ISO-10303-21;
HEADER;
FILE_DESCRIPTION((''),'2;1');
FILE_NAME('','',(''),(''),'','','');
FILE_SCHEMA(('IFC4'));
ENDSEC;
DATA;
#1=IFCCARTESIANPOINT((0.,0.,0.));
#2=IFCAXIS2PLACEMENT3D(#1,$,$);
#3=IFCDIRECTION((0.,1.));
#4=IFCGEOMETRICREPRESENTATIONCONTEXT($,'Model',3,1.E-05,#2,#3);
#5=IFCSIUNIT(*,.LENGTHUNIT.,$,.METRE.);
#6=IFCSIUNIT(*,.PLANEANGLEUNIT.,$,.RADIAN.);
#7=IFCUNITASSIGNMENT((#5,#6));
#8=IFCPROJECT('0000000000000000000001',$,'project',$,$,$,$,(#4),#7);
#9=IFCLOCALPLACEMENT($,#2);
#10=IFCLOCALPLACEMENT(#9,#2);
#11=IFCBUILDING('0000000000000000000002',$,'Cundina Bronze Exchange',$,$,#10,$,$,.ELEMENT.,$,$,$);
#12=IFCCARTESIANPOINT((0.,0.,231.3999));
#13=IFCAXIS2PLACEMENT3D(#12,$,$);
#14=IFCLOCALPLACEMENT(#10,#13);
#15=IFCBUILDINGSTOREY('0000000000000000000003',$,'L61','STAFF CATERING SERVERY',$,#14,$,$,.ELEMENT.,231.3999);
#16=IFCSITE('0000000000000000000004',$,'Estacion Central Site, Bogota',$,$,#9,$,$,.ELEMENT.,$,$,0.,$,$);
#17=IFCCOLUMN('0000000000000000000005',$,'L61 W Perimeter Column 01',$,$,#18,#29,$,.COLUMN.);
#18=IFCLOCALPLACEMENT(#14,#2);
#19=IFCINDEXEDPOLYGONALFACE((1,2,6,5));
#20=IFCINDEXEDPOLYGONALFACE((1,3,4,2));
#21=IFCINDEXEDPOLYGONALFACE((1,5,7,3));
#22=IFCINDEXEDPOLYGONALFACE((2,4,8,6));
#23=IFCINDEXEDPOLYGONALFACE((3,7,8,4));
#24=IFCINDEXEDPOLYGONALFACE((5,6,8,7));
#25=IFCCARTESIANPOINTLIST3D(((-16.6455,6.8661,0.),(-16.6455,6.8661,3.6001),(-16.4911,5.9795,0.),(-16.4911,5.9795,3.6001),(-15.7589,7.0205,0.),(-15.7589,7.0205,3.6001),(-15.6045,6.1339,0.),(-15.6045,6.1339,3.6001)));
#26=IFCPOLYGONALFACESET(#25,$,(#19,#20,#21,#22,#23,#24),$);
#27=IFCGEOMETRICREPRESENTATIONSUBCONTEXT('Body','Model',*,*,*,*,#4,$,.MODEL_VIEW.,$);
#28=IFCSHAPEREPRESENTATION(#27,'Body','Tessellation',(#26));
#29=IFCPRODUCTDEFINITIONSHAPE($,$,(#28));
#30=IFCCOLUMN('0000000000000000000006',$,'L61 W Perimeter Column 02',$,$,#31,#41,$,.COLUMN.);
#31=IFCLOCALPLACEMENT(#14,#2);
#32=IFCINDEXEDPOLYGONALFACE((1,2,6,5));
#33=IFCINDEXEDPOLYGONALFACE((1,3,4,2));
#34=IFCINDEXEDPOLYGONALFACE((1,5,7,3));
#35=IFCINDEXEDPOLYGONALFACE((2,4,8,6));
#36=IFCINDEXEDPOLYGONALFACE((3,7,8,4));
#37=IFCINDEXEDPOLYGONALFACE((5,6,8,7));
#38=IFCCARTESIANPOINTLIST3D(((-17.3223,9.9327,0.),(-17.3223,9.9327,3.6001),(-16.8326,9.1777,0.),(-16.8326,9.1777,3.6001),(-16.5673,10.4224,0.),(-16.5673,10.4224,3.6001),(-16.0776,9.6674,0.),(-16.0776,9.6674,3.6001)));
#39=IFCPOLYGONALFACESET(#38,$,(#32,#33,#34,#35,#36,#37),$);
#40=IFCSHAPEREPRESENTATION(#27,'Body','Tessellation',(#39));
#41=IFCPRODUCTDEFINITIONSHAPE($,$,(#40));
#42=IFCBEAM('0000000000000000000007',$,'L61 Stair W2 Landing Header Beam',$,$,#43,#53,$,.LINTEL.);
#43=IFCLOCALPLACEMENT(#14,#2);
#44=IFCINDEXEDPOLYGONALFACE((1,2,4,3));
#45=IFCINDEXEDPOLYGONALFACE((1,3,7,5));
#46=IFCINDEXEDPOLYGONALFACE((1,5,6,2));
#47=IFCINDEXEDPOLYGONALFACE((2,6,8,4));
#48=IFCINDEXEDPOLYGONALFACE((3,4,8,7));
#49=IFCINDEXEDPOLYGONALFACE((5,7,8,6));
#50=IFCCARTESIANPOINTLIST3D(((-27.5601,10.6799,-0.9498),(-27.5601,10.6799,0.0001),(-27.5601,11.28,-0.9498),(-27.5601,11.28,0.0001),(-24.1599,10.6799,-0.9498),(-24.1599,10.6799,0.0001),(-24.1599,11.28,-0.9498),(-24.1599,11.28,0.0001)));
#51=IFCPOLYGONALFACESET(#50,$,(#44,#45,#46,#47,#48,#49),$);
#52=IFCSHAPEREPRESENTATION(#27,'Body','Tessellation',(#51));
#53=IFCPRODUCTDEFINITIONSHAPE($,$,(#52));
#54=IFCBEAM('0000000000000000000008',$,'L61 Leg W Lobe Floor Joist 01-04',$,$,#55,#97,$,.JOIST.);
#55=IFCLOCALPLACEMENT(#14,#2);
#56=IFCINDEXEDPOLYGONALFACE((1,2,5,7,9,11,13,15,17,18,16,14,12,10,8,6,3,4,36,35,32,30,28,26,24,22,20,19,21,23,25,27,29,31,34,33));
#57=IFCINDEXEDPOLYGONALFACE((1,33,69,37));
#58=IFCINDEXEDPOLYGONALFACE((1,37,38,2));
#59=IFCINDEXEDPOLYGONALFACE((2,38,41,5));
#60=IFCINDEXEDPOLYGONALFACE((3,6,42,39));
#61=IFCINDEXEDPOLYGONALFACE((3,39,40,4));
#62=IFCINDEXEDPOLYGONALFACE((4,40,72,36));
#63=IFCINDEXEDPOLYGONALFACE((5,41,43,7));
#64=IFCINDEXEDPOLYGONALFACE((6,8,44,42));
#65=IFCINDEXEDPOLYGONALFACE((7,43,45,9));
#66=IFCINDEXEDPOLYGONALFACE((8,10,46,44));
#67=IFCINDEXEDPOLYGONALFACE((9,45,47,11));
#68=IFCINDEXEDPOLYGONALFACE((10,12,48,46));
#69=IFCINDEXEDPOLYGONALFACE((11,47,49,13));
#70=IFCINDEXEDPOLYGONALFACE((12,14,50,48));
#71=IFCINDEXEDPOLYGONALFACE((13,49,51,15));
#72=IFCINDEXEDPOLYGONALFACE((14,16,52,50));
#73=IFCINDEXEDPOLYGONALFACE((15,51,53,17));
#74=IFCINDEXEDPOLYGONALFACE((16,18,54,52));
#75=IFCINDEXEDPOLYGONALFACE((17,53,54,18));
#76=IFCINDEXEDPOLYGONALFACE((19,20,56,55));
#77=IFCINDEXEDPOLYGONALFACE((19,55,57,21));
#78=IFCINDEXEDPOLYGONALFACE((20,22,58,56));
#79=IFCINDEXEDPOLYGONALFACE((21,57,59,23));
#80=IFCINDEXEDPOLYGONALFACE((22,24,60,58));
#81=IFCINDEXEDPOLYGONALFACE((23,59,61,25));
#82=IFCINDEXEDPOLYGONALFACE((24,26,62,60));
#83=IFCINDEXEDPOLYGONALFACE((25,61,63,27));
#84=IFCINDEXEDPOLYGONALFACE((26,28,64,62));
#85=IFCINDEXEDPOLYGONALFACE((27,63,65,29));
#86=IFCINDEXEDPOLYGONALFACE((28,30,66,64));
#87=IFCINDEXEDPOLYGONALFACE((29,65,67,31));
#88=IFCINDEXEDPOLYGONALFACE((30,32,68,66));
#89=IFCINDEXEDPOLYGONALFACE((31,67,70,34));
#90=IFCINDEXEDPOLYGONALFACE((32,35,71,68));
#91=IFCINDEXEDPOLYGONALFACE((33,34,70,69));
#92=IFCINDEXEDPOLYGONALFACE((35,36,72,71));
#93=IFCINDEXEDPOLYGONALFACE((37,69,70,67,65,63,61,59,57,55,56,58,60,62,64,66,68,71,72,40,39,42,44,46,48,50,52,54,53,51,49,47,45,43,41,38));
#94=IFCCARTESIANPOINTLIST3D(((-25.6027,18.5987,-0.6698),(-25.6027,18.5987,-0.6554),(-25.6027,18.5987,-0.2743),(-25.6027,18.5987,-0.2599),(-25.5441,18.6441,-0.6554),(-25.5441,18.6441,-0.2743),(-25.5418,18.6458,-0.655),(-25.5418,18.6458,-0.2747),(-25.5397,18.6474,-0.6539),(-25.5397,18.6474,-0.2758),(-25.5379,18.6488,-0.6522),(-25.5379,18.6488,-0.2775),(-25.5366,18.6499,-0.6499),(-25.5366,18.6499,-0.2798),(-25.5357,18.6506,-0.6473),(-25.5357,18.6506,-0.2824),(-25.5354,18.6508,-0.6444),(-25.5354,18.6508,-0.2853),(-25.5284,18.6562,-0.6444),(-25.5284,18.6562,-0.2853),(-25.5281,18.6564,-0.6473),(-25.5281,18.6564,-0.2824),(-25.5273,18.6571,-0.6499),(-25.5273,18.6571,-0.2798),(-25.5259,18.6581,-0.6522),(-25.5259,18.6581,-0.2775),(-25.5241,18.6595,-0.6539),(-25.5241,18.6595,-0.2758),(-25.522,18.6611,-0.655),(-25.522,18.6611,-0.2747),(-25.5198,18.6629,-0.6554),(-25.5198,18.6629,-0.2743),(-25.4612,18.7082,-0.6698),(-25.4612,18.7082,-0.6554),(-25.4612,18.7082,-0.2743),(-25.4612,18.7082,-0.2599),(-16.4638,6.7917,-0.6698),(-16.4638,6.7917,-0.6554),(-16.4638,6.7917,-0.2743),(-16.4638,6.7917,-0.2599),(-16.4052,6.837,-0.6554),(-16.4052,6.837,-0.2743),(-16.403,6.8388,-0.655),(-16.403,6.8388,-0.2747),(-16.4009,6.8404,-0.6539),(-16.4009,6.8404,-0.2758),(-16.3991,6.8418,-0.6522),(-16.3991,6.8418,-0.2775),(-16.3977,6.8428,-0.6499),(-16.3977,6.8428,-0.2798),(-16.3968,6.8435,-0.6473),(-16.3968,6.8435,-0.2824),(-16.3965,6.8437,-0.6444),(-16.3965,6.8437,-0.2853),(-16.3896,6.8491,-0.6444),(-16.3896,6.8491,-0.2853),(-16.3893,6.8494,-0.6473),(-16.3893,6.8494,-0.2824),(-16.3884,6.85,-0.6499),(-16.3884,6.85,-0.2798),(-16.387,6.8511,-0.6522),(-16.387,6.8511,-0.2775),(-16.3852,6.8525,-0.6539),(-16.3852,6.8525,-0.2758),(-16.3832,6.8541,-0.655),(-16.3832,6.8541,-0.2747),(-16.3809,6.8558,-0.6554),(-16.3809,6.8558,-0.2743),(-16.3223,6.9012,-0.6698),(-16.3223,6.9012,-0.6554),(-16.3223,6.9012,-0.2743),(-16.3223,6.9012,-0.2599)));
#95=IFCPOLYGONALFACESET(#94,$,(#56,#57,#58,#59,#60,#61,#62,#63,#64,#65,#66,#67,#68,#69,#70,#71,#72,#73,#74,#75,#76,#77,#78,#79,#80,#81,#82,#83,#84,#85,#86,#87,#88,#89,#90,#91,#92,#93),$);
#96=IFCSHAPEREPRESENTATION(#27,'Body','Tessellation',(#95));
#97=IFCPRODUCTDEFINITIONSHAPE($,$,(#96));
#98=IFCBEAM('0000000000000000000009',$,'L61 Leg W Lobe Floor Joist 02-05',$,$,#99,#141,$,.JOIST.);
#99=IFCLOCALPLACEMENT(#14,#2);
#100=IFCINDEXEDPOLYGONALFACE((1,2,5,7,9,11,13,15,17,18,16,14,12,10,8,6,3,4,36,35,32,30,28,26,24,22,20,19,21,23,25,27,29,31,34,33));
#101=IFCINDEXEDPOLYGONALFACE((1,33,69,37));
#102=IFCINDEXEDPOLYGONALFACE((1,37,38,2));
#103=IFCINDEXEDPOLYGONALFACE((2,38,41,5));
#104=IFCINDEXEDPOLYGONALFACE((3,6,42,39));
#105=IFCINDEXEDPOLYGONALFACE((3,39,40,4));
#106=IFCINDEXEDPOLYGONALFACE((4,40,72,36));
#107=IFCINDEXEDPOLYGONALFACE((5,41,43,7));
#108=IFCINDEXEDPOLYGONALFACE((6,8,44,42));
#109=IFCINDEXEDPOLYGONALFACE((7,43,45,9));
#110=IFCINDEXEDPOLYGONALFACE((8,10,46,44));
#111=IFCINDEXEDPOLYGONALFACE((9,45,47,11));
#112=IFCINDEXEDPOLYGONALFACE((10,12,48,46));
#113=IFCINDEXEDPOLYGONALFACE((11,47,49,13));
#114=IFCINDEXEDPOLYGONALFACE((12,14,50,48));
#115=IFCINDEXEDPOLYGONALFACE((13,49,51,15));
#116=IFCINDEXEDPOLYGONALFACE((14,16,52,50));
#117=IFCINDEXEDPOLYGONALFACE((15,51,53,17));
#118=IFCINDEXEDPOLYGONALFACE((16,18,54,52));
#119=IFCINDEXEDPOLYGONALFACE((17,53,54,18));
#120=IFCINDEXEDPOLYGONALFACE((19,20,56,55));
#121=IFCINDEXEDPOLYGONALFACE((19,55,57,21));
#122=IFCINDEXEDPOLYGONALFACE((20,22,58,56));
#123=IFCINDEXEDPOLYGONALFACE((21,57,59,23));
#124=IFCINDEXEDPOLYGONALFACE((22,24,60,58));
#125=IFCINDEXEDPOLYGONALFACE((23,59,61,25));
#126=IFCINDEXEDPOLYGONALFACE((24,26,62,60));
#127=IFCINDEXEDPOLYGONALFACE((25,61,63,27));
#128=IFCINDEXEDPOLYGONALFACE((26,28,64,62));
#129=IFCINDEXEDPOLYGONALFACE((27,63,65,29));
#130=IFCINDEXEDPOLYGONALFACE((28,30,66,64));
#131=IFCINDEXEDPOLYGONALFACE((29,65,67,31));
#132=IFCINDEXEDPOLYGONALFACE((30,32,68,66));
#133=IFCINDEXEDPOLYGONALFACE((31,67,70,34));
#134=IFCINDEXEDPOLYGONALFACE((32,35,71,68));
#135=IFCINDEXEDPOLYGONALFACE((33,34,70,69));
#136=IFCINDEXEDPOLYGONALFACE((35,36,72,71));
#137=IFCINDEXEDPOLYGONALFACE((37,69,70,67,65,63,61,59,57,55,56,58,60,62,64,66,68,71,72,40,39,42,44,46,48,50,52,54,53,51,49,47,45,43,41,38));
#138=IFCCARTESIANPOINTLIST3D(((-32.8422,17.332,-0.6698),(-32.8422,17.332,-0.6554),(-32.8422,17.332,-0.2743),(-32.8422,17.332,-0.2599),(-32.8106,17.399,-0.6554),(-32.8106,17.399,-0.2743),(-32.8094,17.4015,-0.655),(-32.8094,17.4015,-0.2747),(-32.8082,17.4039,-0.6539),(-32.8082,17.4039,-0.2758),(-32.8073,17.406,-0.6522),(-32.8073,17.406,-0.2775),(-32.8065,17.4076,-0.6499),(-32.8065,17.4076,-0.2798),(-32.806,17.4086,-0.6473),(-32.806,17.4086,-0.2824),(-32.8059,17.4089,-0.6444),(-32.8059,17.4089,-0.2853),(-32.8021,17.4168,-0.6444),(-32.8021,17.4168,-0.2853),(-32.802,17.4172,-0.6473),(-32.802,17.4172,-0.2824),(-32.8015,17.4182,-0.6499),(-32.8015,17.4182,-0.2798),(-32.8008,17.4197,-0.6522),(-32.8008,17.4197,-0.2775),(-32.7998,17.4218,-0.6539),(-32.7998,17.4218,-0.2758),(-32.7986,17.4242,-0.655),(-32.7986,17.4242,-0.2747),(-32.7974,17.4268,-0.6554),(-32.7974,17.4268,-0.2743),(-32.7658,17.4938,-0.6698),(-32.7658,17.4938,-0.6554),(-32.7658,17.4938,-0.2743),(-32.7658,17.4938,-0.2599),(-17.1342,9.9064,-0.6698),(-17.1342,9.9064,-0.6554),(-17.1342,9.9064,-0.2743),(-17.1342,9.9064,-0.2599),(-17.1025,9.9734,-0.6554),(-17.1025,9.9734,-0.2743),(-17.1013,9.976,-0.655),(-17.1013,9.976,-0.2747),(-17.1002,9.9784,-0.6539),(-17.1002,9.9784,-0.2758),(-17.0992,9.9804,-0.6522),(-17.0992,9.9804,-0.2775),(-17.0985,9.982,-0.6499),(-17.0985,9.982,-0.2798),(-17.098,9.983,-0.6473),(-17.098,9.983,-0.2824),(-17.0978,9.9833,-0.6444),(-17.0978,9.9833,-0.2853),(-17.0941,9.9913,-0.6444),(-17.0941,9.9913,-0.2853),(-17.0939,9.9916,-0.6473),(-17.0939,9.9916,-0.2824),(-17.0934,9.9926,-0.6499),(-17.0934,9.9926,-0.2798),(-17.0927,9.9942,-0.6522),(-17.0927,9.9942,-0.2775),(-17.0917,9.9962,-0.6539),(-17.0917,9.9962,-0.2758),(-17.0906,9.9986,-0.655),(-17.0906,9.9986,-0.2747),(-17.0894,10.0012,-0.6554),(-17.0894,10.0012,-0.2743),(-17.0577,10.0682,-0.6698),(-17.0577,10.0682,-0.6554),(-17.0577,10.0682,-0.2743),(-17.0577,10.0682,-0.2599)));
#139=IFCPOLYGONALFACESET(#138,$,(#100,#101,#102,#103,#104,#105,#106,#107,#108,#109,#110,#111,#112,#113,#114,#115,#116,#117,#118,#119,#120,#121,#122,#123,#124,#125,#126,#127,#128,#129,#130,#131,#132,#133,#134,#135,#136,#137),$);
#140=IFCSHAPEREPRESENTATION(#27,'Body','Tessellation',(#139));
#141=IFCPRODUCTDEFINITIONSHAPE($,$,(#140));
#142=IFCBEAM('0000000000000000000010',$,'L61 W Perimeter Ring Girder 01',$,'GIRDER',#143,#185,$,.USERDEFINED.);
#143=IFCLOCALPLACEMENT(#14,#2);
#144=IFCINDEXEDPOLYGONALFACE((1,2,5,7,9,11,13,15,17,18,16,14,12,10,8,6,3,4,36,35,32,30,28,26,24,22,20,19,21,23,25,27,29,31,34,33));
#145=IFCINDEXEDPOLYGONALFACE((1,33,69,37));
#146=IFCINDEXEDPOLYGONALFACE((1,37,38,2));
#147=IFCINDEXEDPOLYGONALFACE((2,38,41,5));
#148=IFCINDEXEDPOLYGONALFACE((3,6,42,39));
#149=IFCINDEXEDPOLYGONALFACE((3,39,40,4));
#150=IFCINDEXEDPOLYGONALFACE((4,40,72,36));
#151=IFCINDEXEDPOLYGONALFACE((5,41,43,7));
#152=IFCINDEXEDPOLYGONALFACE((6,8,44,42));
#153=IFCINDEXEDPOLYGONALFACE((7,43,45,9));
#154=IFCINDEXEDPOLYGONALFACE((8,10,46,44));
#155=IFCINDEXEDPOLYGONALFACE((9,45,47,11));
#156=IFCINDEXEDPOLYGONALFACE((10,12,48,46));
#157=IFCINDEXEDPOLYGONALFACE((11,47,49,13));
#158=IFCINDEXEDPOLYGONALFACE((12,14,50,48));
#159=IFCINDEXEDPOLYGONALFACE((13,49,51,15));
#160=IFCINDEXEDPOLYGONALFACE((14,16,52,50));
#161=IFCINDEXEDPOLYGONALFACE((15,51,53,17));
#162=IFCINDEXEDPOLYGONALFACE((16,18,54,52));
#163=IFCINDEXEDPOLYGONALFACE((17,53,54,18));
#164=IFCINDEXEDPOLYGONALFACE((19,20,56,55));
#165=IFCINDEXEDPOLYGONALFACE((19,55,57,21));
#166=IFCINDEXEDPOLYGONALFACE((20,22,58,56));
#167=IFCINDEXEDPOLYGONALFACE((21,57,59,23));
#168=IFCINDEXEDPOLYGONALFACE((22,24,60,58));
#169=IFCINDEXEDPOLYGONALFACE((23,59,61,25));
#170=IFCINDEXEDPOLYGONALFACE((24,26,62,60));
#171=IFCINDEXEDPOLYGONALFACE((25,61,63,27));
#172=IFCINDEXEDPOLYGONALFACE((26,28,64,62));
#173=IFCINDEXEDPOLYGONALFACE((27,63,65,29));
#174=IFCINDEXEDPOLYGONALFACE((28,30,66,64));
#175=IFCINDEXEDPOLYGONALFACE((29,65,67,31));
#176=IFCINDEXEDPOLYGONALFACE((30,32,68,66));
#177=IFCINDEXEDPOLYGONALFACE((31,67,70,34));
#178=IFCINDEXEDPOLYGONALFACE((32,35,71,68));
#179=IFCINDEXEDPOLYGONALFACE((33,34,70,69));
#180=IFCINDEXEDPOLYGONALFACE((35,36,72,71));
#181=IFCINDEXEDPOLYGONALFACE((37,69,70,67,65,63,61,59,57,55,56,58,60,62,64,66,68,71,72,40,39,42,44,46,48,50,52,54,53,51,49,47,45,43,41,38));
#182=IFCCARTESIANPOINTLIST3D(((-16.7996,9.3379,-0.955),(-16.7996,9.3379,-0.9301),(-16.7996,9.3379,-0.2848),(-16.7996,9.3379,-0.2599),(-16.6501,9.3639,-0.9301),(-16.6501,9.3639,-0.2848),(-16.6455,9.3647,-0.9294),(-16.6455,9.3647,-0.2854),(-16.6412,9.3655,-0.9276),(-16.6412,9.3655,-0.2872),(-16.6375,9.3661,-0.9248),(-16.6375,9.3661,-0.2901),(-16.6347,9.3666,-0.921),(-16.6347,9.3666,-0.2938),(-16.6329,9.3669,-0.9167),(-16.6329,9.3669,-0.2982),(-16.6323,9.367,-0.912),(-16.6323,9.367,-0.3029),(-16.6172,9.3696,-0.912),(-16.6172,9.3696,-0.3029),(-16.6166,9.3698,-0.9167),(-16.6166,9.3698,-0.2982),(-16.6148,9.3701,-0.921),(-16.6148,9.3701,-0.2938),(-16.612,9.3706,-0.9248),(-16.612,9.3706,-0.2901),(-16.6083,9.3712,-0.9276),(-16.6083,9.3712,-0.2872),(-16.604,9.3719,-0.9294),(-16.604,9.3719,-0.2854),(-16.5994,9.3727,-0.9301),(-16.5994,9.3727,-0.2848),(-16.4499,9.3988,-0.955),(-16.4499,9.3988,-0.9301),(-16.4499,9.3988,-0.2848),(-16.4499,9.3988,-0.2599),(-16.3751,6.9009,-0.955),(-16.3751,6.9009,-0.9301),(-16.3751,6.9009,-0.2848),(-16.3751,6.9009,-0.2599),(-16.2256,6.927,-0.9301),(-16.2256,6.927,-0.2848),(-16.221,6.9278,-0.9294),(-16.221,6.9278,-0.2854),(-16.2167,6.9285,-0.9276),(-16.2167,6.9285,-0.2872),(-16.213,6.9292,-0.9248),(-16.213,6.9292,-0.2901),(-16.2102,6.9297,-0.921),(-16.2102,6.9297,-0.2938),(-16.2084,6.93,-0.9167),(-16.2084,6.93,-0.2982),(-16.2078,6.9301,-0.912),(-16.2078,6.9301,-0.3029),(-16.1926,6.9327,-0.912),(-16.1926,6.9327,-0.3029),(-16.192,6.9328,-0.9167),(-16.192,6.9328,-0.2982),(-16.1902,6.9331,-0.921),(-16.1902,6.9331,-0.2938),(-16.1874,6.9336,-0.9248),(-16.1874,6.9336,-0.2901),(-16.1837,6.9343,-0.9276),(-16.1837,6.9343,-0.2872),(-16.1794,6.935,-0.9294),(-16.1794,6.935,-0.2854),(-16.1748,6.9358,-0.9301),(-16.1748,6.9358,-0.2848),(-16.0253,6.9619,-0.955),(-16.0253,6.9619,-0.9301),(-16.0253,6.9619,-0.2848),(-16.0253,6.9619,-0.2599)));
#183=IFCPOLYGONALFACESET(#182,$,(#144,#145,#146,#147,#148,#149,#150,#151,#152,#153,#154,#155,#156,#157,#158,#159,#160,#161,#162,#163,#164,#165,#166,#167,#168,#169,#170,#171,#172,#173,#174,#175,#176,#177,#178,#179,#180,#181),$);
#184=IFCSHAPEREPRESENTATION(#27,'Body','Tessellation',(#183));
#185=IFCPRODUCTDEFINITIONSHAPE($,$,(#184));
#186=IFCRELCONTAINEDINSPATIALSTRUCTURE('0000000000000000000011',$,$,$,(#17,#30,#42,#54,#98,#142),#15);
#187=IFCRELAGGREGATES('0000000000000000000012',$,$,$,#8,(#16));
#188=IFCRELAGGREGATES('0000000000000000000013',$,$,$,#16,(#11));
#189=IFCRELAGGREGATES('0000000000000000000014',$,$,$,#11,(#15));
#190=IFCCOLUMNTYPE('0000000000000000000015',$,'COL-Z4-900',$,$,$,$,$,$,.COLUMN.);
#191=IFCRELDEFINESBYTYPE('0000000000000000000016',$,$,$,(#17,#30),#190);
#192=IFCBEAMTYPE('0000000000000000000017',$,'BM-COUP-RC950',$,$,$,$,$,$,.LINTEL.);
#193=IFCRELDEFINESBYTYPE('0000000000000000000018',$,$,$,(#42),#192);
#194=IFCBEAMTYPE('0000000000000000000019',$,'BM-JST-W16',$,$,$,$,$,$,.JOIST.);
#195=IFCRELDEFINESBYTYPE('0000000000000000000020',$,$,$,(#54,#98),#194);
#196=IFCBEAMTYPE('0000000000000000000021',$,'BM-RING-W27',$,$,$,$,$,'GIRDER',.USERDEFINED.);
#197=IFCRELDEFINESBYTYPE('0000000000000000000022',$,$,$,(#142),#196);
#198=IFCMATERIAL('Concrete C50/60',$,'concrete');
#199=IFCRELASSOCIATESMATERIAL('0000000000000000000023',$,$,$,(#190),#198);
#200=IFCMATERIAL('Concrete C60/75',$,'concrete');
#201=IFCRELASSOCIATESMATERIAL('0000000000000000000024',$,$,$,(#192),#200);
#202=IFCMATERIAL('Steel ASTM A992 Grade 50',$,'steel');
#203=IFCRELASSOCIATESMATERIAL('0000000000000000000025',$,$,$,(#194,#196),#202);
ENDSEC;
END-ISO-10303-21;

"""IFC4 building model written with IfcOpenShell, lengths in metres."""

from ifc_helpers import new_model, si_unit, direction, frame, origin, origin_2d, place, context, subcontext, project, spatial, rectangle, i_section, extrude, material, material_profile, profile_set, type_object, element, save


model = new_model("IFC4")

# Units and contexts
model_context = context("Model", 3, precision=1e-05, world=origin(), true_north=direction((0.0, 1.0)))
body_context = subcontext(model_context, "Body", "Model", "MODEL_VIEW")
ifc_project = project(units=[si_unit("LENGTHUNIT", "METRE"), si_unit("PLANEANGLEUNIT", "RADIAN")], contexts=[model_context])

# Site, building, storey
site_placement = place(None, origin())
site = spatial("IfcSite", under=ifc_project, at=site_placement, Name="Estacion Central Site, Bogota", CompositionType="ELEMENT", RefElevation=0.0)
building_placement = place(site_placement, origin())
building = spatial("IfcBuilding", under=site, at=building_placement, Name="Cundina Bronze Exchange", CompositionType="ELEMENT")
storey_placement = place(building_placement, frame((0.0, 0.0, 231.3999)))
storey = spatial("IfcBuildingStorey", under=building, at=storey_placement, Name="L61", Description="STAFF CATERING SERVERY", CompositionType="ELEMENT", Elevation=231.3999)

# Columns
ifc_material_1 = material(Name="Concrete C50/60", Category="concrete")
ifc_material_profile_1 = material_profile(ifc_material_1, rectangle(XDim=0.8999, YDim=0.8999, at=origin_2d()), Name="RC900X900", Category="concrete")
ifc_profile_set_1 = profile_set([ifc_material_profile_1], Name="Concrete C50/60")
column_type = type_object("IfcColumnType", Name="COL-Z4-900", PredefinedType="COLUMN", material=ifc_profile_set_1)
for number, where, z_axis, x_axis, name in (
    (1, (-16.125, 6.5, 0.0), (0.0, 0.0, 1.0), (-0.171585, 0.985169, 0.0), "L61 W Perimeter Column 01"),
    (2, (-16.7, 9.8, 0.0), (0.0, 0.0, 1.0), (-0.5442, 0.838956, 0.0), "L61 W Perimeter Column 02"),
):
    element("IfcColumn", number, at=place(storey_placement, frame(where, z_axis=z_axis, x_axis=x_axis)), inside=storey, type_object=column_type, Name=name, PredefinedType="COLUMN", context=body_context, shape_type="SweptSolid", body=[
        extrude(rectangle(XDim=0.8999, YDim=0.8999, at=origin_2d()), origin(), (0.0, 0.0, 1.0), 3.6001),
    ])

# Beams
ifc_material_2 = material(Name="Concrete C60/75", Category="concrete")
ifc_material_profile_2 = material_profile(ifc_material_2, rectangle(XDim=0.6001, YDim=0.95, at=origin_2d()), Name="RC600X950", Category="concrete")
ifc_profile_set_2 = profile_set([ifc_material_profile_2], Name="Concrete C60/75")
beam_type_1 = type_object("IfcBeamType", Name="BM-COUP-RC950", PredefinedType="LINTEL", material=ifc_profile_set_2)
beam_1_placement = place(storey_placement, frame((-27.5601, 10.98, -0.4749), z_axis=(1.0, 0.0, 0.0), x_axis=(0.0, 1.0, 0.0)))
element("IfcBeam", 3, at=beam_1_placement, inside=storey, type_object=beam_type_1, Name="L61 Stair W2 Landing Header Beam", PredefinedType="LINTEL", context=body_context, shape_type="SweptSolid", body=[
    extrude(rectangle(XDim=0.6001, YDim=0.95, at=origin_2d()), origin(), (0.0, 0.0, 1.0), 3.4001),
])
ifc_material_3 = material(Name="Steel ASTM A992 Grade 50", Category="steel")
ifc_material_profile_3 = material_profile(ifc_material_3, i_section(OverallWidth=0.179, OverallDepth=0.4099, WebThickness=0.0088, FlangeThickness=0.0144, FilletRadius=0.011, at=origin_2d()), Name="W16X45", Category="steel")
ifc_profile_set_3 = profile_set([ifc_material_profile_3], Name="Steel ASTM A992 Grade 50")
beam_type_2 = type_object("IfcBeamType", Name="BM-JST-W16", PredefinedType="JOIST", material=ifc_profile_set_3)
beam_2_placement = place(storey_placement, frame((-16.3931, 6.8464, -0.4648), z_axis=(-0.612086, 0.790791, 0.0), x_axis=(-0.790791, -0.612086, 0.0)))
element("IfcBeam", 4, at=beam_2_placement, inside=storey, type_object=beam_type_2, Name="L61 Leg W Lobe Floor Joist 01-04", PredefinedType="JOIST", context=body_context, shape_type="SweptSolid", body=[
    extrude(i_section(OverallWidth=0.179, OverallDepth=0.4099, WebThickness=0.0088, FlangeThickness=0.0144, FilletRadius=0.011, at=origin_2d()), origin(), (0.0, 0.0, 1.0), 14.9307),
])
beam_3_placement = place(storey_placement, frame((-17.0959, 9.9873, -0.4648), z_axis=(-0.904074, 0.427376, 0.0), x_axis=(-0.427376, -0.904074, 0.0)))
element("IfcBeam", 5, at=beam_3_placement, inside=storey, type_object=beam_type_2, Name="L61 Leg W Lobe Floor Joist 02-05", PredefinedType="JOIST", context=body_context, shape_type="SweptSolid", body=[
    extrude(i_section(OverallWidth=0.179, OverallDepth=0.4099, WebThickness=0.0088, FlangeThickness=0.0144, FilletRadius=0.011, at=origin_2d()), origin(), (0.0, 0.0, 1.0), 17.3748),
])
ifc_material_profile_4 = material_profile(ifc_material_3, i_section(OverallWidth=0.355, OverallDepth=0.6951, WebThickness=0.0154, FlangeThickness=0.0249, FilletRadius=0.0181, at=origin_2d()), Name="W27X146", Category="steel")
ifc_profile_set_4 = profile_set([ifc_material_profile_4], Name="Steel ASTM A992 Grade 50")
beam_type_3 = type_object("IfcBeamType", Name="BM-RING-W27", ElementType="GIRDER", PredefinedType="USERDEFINED", material=ifc_profile_set_4)
beam_4_placement = place(storey_placement, frame((-16.2002, 6.9314, -0.6074), z_axis=(-0.171629, 0.985162, 0.0), x_axis=(-0.985162, -0.171629, 0.0)))
element("IfcBeam", 6, at=beam_4_placement, inside=storey, type_object=beam_type_3, Name="L61 W Perimeter Ring Girder 01", ObjectType="GIRDER", PredefinedType="USERDEFINED", context=body_context, shape_type="SweptSolid", body=[
    extrude(i_section(OverallWidth=0.355, OverallDepth=0.6951, WebThickness=0.0154, FlangeThickness=0.0249, FilletRadius=0.0181, at=origin_2d()), origin(), (0.0, 0.0, 1.0), 2.4736),
])

save(model, "model.ifc")
